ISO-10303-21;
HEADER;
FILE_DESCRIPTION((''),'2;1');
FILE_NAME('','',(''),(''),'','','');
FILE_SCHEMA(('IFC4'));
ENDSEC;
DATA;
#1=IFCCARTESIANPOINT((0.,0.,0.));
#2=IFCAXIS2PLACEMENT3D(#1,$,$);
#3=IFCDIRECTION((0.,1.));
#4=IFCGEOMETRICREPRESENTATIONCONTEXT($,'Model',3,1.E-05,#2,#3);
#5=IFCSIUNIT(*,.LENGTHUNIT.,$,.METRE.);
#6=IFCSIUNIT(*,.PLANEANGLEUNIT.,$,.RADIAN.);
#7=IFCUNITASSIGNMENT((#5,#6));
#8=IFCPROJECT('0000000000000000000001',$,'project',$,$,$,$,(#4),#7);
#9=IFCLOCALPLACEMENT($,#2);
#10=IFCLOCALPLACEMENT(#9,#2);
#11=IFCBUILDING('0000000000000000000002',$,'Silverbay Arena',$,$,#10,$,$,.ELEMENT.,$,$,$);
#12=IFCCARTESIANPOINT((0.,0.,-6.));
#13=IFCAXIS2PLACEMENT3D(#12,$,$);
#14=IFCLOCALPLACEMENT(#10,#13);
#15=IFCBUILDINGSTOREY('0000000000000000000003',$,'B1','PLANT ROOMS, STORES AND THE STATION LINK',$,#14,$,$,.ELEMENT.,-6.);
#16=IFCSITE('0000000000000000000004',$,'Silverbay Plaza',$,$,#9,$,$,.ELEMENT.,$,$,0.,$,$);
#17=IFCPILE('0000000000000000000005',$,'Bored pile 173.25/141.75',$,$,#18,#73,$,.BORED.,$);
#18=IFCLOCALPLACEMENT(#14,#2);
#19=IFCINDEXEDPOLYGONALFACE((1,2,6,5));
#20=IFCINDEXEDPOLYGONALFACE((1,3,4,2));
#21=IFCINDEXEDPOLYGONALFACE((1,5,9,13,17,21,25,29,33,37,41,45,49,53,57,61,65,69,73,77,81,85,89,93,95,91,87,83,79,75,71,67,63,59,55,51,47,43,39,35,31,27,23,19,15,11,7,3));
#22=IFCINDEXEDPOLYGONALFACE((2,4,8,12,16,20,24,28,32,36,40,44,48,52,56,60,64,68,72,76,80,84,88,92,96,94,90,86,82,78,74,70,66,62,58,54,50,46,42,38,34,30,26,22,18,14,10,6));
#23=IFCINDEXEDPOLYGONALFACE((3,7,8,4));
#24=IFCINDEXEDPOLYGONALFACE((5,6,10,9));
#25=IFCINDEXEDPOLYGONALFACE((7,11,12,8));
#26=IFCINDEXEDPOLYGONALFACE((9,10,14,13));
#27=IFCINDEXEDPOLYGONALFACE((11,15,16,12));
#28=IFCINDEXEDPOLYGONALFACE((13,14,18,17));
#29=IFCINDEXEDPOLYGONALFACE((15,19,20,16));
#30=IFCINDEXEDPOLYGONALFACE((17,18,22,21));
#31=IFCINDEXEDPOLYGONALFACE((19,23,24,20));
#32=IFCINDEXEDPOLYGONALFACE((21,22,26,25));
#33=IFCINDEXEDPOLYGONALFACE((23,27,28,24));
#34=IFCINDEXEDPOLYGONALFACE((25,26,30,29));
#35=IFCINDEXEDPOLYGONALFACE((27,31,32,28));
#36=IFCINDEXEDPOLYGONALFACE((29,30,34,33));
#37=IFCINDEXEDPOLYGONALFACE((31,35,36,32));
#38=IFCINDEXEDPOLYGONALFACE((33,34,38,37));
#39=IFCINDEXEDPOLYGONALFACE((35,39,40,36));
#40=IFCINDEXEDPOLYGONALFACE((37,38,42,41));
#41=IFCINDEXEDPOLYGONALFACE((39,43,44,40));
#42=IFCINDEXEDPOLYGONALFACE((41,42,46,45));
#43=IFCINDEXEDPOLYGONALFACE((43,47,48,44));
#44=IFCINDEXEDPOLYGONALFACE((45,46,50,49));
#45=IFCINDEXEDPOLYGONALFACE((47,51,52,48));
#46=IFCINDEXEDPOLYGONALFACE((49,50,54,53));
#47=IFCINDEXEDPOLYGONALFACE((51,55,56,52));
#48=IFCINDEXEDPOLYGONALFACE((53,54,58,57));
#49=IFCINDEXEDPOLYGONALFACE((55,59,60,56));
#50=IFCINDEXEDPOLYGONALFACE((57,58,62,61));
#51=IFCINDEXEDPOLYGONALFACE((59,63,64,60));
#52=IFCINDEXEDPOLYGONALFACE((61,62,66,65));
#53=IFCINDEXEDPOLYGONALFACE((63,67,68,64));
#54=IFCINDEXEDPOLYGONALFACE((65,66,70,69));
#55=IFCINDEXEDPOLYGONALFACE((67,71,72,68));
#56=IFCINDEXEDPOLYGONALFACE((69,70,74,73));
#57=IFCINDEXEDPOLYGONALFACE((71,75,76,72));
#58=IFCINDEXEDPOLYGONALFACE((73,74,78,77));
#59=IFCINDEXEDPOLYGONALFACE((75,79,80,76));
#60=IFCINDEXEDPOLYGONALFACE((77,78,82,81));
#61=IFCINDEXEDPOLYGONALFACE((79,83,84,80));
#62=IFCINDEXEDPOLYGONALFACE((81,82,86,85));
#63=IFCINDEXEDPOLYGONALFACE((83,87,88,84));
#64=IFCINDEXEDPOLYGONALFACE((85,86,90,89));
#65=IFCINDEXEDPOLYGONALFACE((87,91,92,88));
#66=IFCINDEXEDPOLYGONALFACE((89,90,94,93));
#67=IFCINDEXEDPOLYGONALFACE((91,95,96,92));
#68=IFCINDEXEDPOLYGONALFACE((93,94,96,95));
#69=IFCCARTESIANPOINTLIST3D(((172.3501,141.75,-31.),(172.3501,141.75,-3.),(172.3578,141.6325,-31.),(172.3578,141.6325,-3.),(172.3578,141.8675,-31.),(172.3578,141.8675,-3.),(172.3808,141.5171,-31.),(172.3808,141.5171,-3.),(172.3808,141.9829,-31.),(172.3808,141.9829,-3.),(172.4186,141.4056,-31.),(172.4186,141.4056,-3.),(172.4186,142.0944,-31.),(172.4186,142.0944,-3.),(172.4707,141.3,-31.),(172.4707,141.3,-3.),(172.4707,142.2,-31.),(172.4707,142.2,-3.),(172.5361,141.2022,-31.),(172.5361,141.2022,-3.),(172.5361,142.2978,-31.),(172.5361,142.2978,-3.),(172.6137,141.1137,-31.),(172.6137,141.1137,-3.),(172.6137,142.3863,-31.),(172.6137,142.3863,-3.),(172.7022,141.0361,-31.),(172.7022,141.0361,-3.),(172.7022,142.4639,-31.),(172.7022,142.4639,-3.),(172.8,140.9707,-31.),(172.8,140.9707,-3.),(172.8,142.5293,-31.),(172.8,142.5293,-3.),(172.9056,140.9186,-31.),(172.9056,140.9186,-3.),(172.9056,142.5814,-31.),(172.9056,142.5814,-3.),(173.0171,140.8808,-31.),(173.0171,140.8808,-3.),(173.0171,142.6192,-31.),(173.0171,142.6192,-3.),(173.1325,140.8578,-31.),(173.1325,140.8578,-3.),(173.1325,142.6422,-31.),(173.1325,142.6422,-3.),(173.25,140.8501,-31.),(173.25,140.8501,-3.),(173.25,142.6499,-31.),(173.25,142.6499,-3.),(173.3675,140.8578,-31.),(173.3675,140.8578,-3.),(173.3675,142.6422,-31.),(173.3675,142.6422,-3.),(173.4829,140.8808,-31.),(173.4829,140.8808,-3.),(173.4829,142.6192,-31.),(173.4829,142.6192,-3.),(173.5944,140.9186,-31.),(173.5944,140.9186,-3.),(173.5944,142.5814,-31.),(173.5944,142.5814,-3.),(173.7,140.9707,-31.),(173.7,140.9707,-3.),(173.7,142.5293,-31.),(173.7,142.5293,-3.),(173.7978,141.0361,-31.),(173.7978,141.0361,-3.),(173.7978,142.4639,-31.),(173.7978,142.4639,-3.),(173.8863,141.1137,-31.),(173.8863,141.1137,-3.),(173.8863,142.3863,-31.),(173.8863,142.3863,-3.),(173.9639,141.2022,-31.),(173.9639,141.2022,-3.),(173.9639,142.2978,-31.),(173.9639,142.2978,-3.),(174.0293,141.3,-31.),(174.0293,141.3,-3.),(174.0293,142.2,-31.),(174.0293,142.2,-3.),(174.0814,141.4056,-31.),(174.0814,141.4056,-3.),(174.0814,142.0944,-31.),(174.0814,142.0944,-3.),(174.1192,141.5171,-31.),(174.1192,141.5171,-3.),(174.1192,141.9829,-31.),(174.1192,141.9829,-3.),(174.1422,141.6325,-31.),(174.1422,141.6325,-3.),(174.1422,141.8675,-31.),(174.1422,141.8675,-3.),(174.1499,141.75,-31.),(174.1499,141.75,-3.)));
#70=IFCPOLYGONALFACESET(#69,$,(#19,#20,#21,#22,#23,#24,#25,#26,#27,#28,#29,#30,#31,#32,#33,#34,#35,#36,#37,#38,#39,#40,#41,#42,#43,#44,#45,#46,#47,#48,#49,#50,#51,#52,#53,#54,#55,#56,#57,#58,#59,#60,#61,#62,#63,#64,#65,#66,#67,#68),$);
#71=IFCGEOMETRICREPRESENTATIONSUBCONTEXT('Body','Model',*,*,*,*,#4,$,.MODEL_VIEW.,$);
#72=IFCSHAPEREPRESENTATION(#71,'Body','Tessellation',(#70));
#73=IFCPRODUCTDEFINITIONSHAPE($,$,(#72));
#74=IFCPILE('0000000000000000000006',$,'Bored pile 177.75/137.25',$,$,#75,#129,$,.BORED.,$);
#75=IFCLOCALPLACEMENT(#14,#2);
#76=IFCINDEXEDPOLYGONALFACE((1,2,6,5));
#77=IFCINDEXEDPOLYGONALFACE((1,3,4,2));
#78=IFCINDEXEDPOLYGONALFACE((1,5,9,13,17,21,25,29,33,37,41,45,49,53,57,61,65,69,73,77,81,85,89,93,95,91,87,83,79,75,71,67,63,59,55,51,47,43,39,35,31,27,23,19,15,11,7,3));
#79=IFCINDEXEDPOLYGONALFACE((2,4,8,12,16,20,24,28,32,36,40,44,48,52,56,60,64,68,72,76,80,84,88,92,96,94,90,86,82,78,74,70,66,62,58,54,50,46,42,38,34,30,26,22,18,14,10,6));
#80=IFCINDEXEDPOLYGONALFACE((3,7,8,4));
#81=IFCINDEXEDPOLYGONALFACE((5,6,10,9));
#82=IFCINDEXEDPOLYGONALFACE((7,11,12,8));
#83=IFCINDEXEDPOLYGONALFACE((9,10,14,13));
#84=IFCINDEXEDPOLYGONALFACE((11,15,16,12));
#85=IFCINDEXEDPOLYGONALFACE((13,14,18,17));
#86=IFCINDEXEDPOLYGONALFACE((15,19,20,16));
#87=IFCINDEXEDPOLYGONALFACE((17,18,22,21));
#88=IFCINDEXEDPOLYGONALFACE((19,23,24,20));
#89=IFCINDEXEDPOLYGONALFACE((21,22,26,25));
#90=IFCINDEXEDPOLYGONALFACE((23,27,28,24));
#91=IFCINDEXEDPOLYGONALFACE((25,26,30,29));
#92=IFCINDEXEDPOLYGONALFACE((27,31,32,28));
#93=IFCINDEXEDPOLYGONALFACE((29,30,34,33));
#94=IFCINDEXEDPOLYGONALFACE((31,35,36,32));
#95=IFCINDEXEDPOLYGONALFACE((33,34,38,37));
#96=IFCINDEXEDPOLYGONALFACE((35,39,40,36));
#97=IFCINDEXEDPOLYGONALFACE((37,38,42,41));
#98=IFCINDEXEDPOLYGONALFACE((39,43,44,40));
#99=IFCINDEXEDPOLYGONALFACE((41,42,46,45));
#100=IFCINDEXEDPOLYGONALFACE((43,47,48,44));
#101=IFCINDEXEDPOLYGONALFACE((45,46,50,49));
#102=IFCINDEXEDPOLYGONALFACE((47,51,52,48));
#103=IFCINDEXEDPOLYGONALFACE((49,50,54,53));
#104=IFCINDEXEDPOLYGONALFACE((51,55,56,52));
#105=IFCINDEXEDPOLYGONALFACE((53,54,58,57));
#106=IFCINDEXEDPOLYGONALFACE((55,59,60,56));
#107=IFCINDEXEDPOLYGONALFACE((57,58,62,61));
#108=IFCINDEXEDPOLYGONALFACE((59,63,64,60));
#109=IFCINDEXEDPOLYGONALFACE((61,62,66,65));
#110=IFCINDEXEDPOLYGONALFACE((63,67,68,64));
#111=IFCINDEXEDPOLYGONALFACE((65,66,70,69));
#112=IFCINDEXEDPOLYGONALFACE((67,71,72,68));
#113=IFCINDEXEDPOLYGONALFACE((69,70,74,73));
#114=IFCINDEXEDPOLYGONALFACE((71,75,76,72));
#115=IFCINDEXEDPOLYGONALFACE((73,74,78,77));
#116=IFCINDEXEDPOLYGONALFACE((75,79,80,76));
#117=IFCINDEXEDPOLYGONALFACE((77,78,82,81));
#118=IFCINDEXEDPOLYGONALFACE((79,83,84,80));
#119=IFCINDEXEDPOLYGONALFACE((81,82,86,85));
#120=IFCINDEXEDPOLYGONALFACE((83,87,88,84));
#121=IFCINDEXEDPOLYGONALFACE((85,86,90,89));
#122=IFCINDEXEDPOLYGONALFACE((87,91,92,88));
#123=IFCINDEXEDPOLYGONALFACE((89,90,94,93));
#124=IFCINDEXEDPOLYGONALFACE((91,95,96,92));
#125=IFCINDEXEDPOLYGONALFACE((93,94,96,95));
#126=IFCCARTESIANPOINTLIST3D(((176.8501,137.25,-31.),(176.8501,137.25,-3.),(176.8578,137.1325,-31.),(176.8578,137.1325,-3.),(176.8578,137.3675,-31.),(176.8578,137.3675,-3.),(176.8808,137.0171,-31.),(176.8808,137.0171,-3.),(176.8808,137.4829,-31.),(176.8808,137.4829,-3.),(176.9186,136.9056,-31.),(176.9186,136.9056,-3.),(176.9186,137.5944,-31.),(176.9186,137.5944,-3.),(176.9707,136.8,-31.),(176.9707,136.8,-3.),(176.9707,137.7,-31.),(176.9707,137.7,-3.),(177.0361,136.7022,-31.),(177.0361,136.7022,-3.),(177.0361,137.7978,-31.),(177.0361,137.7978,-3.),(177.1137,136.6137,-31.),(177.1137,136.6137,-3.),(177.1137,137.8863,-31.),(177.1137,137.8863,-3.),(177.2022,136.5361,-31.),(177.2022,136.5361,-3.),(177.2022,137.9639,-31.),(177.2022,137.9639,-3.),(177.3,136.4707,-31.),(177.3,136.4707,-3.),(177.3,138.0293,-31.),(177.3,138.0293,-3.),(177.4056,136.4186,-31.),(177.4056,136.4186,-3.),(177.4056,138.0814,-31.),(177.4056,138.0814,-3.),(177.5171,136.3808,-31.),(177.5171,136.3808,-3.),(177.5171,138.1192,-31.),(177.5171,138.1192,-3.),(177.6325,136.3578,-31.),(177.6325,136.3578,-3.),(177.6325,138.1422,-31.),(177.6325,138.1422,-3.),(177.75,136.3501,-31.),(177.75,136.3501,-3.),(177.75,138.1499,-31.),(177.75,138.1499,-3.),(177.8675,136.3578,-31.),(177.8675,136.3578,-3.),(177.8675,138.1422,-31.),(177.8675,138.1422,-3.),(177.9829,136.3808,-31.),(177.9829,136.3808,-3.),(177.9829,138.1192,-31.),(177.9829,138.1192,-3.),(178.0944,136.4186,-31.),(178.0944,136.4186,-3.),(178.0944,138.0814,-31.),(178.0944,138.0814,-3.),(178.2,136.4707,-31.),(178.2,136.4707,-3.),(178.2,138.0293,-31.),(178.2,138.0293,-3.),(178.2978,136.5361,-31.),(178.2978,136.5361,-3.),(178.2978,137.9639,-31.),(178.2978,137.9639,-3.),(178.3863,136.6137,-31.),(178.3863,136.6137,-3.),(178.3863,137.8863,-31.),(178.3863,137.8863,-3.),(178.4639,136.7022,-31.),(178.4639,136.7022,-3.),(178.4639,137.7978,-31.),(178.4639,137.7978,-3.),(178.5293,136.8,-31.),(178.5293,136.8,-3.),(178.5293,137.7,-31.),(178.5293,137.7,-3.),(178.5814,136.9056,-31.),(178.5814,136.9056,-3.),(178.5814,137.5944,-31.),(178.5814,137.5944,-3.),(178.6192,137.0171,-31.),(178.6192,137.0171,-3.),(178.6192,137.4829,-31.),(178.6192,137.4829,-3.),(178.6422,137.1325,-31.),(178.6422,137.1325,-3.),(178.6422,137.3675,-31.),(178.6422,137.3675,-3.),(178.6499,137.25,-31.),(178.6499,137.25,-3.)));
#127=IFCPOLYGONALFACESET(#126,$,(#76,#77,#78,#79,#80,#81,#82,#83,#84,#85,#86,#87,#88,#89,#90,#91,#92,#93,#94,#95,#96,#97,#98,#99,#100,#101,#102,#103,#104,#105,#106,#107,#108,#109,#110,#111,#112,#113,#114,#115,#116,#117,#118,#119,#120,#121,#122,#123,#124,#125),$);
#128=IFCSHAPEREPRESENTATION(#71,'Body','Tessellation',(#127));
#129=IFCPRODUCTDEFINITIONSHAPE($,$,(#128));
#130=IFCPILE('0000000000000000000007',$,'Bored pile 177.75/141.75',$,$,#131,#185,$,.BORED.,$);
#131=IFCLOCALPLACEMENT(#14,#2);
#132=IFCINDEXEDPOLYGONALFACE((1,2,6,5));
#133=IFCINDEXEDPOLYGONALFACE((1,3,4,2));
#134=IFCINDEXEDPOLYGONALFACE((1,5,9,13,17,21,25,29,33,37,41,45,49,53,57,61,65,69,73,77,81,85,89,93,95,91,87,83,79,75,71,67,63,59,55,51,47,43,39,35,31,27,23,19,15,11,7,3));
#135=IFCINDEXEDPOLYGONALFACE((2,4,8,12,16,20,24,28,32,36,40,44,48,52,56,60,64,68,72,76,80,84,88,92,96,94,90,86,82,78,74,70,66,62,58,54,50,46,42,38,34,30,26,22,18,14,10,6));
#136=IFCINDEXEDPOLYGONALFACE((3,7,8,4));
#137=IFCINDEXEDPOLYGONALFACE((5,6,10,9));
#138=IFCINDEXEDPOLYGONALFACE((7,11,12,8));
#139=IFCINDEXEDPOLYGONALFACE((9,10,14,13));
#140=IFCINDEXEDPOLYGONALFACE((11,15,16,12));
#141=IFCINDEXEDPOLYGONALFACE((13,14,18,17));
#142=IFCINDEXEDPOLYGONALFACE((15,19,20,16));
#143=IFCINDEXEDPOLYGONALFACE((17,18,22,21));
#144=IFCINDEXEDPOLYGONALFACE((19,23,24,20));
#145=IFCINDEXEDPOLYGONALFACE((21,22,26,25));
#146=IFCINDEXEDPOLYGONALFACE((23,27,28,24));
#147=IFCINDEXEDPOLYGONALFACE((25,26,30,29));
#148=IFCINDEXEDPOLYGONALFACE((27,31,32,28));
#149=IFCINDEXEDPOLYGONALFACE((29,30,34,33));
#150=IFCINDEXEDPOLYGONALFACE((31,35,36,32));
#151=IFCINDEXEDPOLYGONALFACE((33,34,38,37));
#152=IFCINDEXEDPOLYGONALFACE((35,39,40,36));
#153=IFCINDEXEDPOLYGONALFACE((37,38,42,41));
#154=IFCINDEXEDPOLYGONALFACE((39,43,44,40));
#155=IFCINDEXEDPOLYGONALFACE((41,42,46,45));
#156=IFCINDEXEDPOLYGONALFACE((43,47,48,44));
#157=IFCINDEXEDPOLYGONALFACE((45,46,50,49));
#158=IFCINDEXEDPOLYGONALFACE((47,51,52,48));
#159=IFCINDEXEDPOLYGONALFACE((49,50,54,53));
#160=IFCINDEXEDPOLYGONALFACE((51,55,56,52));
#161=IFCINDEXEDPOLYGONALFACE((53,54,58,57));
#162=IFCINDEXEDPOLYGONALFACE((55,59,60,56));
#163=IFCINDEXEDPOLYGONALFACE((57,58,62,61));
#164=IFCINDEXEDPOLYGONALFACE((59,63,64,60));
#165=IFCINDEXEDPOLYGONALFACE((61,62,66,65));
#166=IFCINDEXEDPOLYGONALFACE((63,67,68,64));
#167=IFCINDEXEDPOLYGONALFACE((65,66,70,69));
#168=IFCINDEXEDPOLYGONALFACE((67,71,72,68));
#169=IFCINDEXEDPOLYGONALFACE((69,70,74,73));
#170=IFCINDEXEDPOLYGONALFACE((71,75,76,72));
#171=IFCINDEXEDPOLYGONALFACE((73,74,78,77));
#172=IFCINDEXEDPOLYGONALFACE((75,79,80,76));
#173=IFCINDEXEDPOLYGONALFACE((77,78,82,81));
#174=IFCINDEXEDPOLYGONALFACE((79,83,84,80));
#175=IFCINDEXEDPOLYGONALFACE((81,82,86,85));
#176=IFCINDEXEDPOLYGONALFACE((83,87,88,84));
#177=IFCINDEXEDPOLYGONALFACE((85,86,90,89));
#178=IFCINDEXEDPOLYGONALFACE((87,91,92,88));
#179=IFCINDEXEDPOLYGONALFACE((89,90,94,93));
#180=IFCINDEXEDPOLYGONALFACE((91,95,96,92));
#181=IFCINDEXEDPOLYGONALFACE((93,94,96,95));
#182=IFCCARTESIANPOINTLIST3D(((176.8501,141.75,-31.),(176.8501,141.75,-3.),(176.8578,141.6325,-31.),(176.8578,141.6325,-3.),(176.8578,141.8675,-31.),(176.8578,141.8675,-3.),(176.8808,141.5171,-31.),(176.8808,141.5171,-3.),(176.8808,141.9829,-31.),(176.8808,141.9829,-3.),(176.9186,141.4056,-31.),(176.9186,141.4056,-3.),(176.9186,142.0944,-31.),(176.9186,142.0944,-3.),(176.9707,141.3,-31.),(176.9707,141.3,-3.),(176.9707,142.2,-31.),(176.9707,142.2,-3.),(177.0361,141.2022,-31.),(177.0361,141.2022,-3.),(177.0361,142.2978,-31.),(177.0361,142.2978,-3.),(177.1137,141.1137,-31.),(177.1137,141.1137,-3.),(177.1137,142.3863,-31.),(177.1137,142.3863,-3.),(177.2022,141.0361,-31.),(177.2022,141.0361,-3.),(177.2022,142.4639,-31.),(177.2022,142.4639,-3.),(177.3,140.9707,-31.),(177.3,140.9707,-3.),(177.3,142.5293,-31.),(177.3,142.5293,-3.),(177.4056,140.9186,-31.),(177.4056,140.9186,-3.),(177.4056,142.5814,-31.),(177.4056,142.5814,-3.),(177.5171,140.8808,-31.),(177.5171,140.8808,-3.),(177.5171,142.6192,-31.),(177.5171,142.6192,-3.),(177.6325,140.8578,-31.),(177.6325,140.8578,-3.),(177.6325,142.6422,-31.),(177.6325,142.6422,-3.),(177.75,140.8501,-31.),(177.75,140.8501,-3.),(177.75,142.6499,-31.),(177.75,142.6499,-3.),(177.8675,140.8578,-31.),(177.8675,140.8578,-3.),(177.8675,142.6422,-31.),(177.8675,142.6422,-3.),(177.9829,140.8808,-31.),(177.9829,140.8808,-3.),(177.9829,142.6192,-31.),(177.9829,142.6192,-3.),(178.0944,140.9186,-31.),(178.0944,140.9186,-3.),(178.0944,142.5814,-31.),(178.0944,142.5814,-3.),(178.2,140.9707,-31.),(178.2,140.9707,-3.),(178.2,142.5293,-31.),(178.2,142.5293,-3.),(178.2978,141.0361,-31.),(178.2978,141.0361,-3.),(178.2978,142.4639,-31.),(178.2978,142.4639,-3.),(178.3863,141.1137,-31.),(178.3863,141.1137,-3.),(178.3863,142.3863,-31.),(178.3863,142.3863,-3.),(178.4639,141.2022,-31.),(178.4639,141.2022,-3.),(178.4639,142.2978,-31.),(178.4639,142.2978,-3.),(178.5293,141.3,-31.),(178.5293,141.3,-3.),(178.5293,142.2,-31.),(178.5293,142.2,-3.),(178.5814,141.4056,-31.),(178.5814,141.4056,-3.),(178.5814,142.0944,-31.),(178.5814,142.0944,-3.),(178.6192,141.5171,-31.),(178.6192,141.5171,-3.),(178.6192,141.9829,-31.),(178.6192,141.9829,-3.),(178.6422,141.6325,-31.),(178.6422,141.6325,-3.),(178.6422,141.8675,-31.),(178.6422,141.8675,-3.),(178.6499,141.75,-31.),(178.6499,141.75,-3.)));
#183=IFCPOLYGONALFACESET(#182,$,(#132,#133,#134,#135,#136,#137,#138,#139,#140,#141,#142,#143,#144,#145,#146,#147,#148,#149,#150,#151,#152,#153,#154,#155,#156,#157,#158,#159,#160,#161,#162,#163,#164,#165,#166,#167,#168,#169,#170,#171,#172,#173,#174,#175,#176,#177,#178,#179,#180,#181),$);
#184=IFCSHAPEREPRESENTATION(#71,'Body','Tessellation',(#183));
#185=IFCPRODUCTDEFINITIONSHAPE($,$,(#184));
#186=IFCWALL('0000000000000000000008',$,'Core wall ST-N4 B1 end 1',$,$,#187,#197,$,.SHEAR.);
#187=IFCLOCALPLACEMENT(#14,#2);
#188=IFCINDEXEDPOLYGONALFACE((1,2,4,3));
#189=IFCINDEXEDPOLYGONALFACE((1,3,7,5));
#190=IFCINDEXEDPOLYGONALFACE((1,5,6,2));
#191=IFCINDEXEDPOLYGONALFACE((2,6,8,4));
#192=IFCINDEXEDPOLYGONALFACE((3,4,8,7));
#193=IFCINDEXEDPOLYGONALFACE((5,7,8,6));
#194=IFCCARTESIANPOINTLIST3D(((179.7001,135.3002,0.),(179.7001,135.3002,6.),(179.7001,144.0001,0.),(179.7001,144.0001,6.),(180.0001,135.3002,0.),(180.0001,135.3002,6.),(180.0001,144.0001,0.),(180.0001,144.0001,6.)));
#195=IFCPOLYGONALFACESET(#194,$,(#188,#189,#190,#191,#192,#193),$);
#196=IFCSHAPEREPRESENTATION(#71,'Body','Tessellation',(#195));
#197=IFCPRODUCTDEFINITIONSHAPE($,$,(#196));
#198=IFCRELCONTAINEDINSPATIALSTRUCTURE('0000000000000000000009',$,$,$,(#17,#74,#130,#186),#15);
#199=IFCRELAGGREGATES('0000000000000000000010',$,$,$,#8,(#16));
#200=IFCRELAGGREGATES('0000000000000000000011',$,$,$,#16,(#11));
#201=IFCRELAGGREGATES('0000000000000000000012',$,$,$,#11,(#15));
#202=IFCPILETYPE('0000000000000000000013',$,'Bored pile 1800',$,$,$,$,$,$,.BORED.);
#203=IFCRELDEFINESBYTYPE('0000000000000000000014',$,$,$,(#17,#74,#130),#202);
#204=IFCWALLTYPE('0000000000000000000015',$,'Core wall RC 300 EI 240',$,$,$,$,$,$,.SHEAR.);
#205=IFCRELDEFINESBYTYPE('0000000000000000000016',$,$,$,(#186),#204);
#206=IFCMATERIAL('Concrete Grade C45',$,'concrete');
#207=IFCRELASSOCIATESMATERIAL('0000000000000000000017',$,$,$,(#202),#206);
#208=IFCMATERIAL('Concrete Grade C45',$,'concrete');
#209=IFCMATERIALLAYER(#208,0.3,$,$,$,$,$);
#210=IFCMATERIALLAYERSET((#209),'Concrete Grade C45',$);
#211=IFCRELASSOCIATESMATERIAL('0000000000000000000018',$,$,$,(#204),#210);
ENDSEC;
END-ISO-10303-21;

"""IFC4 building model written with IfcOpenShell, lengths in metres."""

from ifc_helpers import new_model, si_unit, direction, frame, frame_2d, origin, origin_2d, place, context, subcontext, project, spatial, rectangle, circle, extrude, material, layer, layer_set, material_profile, profile_set, type_object, element, save


model = new_model("IFC4")

# Units and contexts
model_context = context("Model", 3, precision=1e-05, world=origin(), true_north=direction((0.0, 1.0)))
body_context = subcontext(model_context, "Body", "Model", "MODEL_VIEW")
ifc_project = project(units=[si_unit("LENGTHUNIT", "METRE"), si_unit("PLANEANGLEUNIT", "RADIAN")], contexts=[model_context])

# Site, building, storey
site_placement = place(None, origin())
site = spatial("IfcSite", under=ifc_project, at=site_placement, Name="Silverbay Plaza", CompositionType="ELEMENT", RefElevation=0.0)
building_placement = place(site_placement, origin())
building = spatial("IfcBuilding", under=site, at=building_placement, Name="Silverbay Arena", CompositionType="ELEMENT")
storey_placement = place(building_placement, frame((0.0, 0.0, -6.0)))
storey = spatial("IfcBuildingStorey", under=building, at=storey_placement, Name="B1", Description="PLANT ROOMS, STORES AND THE STATION LINK", CompositionType="ELEMENT", Elevation=-6.0)

# Piles
ifc_material_1 = material(Name="Concrete Grade C45", Category="concrete")
ifc_material_profile = material_profile(ifc_material_1, circle(Radius=0.8999, at=origin_2d()), Name="Bored pile 1800")
ifc_profile_set = profile_set([ifc_material_profile], Name="Concrete Grade C45")
pile_type = type_object("IfcPileType", Name="Bored pile 1800", PredefinedType="BORED", material=ifc_profile_set)
for number, where, z_axis, x_axis, name in (
    (1, (173.25, 141.75, -3.0), (0.0, 0.0, -1.0), (1.0, 0.0, 0.0), "Bored pile 173.25/141.75"),
    (2, (177.75, 137.25, -3.0), (0.0, 0.0, -1.0), (1.0, 0.0, 0.0), "Bored pile 177.75/137.25"),
    (3, (177.75, 141.75, -3.0), (0.0, 0.0, -1.0), (1.0, 0.0, 0.0), "Bored pile 177.75/141.75"),
):
    element("IfcPile", number, at=place(storey_placement, frame(where, z_axis=z_axis, x_axis=x_axis)), inside=storey, type_object=pile_type, Name=name, PredefinedType="BORED", context=body_context, shape_type="SweptSolid", body=[
        extrude(circle(Radius=0.8999, at=origin_2d()), origin(), (0.0, 0.0, 1.0), 28.0),
    ])

# Wall
ifc_material_2 = material(Name="Concrete Grade C45", Category="concrete")
ifc_layer_1 = layer(ifc_material_2, 0.3)
ifc_layer_set_1 = layer_set([ifc_layer_1], Name="Concrete Grade C45")
wall_type_1 = type_object("IfcWallType", Name="Core wall RC 300 EI 240", PredefinedType="SHEAR", material=ifc_layer_set_1)
wall_1_placement = place(storey_placement, frame((179.8501, 135.3, 0.0), z_axis=(0.0, 0.0, 1.0), x_axis=(0.0, 1.0, 0.0)))
element("IfcWall", 4, at=wall_1_placement, inside=storey, type_object=wall_type_1, Name="Core wall ST-N4 B1 end 1", PredefinedType="SHEAR", context=body_context, shape_type="SweptSolid", body=[
    extrude(rectangle(XDim=8.7, YDim=0.3, at=frame_2d((4.3501, 0.0))), origin(), (0.0, 0.0, 1.0), 6.0),
])

save(model, "model.ifc")
